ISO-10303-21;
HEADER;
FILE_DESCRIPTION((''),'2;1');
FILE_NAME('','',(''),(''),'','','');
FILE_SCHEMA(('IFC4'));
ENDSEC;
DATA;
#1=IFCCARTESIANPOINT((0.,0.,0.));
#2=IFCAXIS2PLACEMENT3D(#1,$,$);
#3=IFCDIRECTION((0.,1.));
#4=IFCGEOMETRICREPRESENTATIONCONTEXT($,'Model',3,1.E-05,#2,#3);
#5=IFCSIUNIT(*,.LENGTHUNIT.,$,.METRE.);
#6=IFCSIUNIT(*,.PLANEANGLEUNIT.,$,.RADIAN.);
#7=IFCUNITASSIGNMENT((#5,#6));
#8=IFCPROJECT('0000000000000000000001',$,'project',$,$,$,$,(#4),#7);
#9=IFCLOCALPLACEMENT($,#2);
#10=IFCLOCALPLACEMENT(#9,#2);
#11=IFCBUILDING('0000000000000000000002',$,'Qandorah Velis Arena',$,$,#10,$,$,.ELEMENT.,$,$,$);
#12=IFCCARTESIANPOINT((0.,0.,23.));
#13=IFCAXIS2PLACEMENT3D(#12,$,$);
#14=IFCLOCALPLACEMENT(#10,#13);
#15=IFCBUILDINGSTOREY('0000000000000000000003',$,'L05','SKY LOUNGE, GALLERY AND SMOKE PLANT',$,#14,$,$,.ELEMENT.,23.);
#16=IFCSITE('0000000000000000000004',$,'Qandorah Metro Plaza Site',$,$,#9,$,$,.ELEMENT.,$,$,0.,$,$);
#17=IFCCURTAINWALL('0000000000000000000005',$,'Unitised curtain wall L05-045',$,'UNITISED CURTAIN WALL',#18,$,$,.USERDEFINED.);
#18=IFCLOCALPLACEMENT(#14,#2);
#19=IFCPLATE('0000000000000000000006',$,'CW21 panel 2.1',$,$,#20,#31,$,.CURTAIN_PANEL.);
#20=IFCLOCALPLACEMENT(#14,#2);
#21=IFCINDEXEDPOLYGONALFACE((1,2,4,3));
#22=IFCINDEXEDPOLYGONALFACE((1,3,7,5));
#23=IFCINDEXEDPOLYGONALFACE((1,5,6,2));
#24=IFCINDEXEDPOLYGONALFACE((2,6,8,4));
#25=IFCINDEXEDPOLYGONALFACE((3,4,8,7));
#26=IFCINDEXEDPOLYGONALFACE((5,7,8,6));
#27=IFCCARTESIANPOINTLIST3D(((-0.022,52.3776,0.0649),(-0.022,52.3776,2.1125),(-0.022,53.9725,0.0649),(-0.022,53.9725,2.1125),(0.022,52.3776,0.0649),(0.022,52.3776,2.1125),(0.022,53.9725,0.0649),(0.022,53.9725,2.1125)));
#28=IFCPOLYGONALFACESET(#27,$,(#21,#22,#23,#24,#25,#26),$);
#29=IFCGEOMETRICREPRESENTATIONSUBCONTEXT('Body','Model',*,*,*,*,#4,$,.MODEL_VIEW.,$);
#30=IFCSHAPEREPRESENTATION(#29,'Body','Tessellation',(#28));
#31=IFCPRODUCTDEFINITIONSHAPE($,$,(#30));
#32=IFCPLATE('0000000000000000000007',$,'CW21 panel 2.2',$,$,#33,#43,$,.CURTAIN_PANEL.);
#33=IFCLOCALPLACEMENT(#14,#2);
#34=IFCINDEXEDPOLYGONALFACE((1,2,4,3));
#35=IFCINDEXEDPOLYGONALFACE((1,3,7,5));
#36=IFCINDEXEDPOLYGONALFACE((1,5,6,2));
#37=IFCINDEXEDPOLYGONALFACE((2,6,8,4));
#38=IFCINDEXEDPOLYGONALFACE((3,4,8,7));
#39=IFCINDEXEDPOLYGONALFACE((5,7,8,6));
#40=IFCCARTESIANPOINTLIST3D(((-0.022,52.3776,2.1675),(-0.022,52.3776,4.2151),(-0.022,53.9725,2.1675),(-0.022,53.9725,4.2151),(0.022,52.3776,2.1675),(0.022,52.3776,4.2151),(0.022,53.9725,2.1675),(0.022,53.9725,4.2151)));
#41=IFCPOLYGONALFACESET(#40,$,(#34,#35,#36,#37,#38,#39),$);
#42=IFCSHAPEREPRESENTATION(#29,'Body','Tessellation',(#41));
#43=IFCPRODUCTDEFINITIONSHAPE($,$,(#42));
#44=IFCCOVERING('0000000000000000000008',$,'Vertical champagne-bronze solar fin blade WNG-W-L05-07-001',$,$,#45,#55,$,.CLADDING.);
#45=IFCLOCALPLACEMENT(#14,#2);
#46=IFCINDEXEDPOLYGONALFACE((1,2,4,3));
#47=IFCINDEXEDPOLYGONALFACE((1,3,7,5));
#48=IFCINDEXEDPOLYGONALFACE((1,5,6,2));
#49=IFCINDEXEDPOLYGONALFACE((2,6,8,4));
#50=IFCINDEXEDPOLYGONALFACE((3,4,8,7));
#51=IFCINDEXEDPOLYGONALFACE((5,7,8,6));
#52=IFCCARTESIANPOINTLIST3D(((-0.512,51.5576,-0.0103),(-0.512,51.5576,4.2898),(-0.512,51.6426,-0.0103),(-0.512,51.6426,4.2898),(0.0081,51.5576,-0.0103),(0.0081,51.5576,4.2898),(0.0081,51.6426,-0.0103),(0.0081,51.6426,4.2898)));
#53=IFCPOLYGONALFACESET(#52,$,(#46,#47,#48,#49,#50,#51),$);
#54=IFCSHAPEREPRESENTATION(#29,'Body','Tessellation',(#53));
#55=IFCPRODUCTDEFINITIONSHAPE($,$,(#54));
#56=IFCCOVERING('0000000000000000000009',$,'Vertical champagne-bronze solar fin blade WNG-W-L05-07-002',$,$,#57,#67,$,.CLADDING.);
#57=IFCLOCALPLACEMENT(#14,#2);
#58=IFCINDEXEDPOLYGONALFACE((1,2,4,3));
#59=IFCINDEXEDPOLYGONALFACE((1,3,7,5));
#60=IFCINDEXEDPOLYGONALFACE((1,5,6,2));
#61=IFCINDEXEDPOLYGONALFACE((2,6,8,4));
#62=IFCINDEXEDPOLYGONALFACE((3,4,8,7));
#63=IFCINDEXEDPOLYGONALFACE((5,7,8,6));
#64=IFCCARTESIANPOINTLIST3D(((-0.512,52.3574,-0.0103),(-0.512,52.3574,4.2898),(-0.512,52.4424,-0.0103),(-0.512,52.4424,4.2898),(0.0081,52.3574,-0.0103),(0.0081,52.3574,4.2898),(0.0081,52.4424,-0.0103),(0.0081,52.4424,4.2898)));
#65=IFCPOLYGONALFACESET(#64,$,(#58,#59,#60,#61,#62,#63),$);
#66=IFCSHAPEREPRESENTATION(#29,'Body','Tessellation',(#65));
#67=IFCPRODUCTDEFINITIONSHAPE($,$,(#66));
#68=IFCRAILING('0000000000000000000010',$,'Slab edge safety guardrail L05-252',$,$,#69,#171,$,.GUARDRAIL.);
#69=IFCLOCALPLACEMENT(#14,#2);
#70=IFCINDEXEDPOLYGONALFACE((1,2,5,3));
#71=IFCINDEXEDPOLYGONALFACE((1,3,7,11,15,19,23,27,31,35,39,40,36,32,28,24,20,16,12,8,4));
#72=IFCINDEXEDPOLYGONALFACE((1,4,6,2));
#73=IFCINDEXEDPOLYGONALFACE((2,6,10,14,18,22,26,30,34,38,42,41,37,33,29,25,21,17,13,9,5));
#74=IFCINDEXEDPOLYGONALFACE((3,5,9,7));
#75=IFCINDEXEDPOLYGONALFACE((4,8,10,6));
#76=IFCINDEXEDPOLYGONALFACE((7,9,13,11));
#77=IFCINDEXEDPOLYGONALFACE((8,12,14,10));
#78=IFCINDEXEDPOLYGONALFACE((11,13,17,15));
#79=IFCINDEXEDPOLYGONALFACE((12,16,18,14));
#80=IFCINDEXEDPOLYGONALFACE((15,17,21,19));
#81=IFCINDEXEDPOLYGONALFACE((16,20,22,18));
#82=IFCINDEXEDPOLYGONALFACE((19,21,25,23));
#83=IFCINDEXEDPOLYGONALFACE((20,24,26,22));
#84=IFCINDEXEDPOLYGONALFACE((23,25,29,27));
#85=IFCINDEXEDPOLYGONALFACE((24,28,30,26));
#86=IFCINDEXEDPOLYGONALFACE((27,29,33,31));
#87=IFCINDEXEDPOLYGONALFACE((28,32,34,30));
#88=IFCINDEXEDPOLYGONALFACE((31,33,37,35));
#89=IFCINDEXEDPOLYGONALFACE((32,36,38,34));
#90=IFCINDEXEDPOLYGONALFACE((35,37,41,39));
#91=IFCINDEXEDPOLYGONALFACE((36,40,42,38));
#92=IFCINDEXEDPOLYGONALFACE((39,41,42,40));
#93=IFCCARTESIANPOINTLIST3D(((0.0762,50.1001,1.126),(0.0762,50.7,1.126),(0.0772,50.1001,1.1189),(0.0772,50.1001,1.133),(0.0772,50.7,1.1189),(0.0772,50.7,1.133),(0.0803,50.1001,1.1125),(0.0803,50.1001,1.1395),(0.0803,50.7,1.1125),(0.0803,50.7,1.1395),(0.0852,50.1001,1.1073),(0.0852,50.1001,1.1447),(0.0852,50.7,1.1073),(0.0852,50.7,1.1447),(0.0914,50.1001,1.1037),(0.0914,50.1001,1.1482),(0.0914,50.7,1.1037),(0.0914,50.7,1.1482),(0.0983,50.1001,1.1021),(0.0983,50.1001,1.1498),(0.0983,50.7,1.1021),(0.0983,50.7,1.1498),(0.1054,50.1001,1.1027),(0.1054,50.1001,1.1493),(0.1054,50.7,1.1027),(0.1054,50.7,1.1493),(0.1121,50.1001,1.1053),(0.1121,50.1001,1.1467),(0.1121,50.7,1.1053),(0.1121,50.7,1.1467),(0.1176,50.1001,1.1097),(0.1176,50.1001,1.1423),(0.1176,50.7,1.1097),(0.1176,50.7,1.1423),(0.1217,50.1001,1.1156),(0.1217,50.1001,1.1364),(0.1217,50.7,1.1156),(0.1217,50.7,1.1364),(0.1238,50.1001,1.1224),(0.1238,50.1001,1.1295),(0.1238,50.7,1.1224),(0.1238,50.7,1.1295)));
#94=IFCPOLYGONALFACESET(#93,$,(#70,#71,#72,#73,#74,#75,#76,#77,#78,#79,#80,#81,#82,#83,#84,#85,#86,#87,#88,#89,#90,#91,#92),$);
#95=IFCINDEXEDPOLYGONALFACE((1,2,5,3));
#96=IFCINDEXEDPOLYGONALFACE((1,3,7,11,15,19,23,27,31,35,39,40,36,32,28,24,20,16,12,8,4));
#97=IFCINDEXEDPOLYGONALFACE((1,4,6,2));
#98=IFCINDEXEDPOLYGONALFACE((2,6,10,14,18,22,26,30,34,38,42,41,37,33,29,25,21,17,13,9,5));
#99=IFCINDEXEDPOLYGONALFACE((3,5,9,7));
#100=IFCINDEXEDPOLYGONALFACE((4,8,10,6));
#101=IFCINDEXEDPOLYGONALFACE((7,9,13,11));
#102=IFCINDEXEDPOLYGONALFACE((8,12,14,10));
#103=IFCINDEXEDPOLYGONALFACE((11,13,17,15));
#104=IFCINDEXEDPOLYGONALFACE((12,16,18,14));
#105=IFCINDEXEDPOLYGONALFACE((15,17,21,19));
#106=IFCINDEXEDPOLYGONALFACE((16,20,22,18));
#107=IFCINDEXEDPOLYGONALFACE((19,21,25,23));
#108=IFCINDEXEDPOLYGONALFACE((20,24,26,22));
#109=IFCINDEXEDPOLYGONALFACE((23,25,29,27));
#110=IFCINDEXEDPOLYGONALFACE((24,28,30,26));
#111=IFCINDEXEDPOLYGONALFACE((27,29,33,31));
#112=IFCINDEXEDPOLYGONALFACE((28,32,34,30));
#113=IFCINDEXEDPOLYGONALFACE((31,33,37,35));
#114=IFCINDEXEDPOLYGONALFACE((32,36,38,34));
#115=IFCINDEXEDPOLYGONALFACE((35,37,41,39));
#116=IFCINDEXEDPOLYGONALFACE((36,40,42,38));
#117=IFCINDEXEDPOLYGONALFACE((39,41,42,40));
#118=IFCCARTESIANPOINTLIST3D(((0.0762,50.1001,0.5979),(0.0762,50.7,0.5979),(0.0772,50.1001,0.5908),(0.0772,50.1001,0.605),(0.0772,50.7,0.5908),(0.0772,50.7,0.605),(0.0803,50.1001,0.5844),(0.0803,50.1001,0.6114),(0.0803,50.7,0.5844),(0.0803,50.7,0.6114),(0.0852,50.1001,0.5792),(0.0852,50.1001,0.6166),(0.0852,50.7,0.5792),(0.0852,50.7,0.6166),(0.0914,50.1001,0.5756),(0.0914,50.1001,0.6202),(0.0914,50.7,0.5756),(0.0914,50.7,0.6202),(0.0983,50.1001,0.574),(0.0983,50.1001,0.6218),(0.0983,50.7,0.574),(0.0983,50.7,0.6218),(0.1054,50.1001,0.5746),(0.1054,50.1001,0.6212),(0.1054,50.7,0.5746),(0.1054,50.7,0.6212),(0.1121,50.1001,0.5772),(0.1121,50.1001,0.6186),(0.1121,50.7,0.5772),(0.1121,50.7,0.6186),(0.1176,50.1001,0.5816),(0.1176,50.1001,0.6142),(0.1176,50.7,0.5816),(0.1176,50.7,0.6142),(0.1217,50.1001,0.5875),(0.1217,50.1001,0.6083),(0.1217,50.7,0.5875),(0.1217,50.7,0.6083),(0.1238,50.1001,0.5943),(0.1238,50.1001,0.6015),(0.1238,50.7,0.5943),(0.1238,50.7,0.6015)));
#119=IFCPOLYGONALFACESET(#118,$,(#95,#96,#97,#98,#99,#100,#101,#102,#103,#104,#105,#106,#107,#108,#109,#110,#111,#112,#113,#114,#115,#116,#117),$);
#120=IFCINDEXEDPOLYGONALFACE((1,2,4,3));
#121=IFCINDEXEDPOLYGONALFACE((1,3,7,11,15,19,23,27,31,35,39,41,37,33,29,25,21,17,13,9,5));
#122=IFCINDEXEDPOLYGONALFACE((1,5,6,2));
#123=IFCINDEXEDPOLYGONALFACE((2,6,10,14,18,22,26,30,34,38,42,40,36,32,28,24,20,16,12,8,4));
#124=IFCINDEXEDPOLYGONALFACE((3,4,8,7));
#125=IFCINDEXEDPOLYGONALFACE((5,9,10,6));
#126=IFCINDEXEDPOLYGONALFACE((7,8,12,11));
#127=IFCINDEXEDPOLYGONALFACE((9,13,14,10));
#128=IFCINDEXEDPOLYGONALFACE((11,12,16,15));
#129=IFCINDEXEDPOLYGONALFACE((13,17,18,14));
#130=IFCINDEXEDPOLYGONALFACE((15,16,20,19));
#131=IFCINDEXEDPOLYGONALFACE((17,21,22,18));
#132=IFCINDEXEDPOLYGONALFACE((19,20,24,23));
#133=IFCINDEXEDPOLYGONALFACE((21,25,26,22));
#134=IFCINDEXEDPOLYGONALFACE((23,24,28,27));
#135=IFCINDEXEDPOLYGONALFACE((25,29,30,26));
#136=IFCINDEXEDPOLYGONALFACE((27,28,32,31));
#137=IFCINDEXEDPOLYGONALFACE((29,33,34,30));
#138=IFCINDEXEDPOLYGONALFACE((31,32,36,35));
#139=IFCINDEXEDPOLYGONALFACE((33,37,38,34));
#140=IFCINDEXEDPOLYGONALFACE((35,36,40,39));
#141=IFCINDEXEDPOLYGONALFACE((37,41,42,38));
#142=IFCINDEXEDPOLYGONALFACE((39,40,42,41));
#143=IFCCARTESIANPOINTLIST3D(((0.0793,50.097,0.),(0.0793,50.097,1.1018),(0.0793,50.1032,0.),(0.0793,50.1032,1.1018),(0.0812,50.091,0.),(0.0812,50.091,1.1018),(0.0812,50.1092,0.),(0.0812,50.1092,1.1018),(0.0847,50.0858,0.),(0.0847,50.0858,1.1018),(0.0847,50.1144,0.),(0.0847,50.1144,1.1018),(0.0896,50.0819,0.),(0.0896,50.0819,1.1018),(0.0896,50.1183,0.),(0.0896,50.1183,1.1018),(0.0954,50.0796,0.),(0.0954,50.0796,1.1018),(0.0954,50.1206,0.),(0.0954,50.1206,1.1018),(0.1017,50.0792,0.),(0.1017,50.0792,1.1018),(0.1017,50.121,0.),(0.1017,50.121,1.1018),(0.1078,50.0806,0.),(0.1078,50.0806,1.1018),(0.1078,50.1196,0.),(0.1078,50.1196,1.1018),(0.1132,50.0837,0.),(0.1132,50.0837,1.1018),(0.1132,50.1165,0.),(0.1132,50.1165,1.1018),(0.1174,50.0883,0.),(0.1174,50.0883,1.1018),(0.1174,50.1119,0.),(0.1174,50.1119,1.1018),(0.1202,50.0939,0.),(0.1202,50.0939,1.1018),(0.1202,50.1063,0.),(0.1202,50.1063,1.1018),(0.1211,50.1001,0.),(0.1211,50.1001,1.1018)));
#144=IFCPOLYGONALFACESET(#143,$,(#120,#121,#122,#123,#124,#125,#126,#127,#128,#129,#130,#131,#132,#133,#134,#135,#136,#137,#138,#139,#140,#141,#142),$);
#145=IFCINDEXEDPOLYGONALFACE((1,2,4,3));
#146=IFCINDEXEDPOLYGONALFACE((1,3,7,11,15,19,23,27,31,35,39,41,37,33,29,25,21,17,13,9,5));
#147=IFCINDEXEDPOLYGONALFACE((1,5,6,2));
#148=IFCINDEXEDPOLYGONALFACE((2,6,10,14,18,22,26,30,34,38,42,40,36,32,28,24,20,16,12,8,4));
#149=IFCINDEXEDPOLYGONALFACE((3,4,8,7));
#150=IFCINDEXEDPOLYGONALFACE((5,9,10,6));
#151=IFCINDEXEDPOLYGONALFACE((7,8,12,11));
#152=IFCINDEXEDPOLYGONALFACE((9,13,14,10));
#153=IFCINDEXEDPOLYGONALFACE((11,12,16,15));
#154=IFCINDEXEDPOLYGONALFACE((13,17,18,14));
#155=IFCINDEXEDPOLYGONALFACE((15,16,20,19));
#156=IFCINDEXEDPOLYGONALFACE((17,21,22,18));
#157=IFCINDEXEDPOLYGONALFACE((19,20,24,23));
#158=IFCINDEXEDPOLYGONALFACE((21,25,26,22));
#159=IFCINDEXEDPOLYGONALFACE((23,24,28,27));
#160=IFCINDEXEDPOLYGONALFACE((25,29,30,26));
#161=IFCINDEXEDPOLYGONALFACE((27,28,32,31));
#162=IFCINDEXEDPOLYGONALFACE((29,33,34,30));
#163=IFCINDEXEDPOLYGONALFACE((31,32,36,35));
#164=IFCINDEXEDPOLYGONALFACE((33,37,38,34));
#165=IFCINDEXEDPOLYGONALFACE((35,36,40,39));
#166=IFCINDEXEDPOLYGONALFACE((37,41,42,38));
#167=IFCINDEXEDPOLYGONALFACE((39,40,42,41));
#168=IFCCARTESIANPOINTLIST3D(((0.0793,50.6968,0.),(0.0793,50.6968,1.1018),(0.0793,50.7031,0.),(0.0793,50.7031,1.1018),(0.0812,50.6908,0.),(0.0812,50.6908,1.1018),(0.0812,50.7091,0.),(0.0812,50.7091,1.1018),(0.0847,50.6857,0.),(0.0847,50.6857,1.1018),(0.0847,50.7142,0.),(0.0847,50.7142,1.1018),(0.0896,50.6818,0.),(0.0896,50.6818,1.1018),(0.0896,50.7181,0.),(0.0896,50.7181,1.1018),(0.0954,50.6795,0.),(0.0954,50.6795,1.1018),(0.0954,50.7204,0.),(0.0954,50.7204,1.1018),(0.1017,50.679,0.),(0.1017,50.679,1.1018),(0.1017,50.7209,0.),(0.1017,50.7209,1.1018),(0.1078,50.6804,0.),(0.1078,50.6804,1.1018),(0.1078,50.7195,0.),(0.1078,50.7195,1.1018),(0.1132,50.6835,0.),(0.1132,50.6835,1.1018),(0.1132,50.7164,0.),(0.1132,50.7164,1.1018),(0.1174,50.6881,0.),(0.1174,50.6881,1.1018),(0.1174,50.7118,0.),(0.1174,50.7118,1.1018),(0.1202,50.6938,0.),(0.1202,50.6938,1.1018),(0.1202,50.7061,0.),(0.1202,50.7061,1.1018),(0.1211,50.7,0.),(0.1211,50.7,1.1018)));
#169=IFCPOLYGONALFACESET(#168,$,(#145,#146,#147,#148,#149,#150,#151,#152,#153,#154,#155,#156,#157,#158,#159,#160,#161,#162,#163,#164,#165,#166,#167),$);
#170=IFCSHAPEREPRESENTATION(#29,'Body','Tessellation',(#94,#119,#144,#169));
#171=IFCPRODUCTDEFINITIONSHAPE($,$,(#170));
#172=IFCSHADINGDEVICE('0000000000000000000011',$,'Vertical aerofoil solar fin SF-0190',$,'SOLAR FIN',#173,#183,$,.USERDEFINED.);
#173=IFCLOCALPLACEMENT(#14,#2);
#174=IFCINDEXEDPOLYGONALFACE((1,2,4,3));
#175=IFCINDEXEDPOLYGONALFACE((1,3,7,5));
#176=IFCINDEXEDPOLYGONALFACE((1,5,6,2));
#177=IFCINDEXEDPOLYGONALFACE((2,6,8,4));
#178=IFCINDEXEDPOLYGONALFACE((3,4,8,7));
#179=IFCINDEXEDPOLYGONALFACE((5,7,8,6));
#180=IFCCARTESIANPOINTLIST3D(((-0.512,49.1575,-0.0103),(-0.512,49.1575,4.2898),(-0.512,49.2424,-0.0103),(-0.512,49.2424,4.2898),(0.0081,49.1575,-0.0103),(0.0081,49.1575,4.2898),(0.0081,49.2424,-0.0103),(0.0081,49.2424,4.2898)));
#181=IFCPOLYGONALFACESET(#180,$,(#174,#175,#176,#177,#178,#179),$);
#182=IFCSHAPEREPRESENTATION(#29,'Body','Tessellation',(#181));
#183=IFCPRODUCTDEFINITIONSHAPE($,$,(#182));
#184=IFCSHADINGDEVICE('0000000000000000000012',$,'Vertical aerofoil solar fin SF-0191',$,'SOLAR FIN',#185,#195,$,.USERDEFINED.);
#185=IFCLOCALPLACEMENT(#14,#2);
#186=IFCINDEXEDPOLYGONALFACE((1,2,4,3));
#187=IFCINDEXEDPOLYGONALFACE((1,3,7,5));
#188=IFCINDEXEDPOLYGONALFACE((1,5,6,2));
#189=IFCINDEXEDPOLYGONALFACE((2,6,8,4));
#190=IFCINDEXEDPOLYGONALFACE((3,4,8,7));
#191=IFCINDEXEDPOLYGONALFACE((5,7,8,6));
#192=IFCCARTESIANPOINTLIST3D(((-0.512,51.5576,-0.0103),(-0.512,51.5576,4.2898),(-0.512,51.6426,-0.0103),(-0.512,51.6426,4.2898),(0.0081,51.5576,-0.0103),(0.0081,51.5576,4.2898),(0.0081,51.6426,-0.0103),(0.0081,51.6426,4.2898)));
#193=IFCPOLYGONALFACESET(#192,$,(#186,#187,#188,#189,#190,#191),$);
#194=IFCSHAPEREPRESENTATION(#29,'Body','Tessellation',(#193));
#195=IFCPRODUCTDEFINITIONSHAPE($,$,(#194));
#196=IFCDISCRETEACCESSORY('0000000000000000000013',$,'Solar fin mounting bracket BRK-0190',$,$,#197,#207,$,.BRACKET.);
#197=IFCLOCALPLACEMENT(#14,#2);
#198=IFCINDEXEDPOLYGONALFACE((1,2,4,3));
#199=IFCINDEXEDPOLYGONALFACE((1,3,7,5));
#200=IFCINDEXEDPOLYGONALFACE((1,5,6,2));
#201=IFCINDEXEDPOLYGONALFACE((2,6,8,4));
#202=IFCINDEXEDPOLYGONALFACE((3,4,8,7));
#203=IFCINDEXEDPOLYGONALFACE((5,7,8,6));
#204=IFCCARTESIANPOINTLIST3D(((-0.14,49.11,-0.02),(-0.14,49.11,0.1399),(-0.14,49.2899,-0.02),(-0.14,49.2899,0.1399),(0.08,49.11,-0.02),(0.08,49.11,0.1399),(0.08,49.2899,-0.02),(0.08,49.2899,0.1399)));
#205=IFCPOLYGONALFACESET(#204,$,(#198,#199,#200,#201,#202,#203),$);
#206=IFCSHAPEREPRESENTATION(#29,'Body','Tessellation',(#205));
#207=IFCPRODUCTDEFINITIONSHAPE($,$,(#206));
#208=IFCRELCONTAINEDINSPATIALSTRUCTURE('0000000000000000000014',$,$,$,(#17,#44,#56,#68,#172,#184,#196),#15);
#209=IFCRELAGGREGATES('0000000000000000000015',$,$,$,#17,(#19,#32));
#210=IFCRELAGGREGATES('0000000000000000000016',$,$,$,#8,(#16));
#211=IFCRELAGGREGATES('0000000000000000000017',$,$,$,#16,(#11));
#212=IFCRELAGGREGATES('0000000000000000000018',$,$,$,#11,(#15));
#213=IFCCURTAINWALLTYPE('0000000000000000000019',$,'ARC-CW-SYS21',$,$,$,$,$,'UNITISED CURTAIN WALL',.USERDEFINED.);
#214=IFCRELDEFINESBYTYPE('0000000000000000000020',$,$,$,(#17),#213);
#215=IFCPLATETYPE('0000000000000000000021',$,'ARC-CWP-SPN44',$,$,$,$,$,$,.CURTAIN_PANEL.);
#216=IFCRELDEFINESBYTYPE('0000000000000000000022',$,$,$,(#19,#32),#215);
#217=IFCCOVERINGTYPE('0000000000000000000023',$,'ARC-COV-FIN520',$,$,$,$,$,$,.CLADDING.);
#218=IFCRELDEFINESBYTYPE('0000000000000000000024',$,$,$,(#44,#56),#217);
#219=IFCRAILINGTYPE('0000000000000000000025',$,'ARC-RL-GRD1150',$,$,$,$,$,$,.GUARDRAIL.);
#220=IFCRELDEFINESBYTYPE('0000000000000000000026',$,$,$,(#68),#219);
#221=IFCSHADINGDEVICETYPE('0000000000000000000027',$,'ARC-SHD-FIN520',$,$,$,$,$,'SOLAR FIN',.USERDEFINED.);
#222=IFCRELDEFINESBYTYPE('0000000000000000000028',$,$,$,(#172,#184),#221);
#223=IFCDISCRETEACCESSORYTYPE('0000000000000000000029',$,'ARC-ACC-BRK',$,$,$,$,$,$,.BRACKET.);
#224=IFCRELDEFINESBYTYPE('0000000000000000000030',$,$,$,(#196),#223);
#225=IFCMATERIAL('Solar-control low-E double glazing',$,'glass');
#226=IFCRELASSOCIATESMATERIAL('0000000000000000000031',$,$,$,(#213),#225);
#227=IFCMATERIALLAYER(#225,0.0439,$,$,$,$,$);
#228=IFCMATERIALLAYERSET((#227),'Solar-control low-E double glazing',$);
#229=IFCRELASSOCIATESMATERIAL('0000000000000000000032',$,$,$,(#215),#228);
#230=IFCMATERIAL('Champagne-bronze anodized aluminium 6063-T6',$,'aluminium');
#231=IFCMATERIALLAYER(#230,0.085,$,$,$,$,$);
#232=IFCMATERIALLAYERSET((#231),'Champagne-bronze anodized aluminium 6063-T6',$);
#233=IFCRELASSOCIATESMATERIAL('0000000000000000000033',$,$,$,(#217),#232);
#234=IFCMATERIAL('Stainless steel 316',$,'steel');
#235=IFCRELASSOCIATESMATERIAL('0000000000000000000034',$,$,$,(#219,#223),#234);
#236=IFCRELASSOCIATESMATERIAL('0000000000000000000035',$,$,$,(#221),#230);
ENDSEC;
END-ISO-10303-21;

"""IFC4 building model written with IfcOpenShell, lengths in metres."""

from ifc_helpers import new_model, si_unit, direction, frame, origin, origin_2d, place, context, subcontext, project, spatial, rectangle, circle, extrude, material, layer, layer_set, type_object, element, aggregate, save


model = new_model("IFC4")

# Units and contexts
model_context = context("Model", 3, precision=1e-05, world=origin(), true_north=direction((0.0, 1.0)))
body_context = subcontext(model_context, "Body", "Model", "MODEL_VIEW")
ifc_project = project(units=[si_unit("LENGTHUNIT", "METRE"), si_unit("PLANEANGLEUNIT", "RADIAN")], contexts=[model_context])

# Site, building, storey
site_placement = place(None, origin())
site = spatial("IfcSite", under=ifc_project, at=site_placement, Name="Qandorah Metro Plaza Site", CompositionType="ELEMENT", RefElevation=0.0)
building_placement = place(site_placement, origin())
building = spatial("IfcBuilding", under=site, at=building_placement, Name="Qandorah Velis Arena", CompositionType="ELEMENT")
storey_placement = place(building_placement, frame((0.0, 0.0, 23.0)))
storey = spatial("IfcBuildingStorey", under=building, at=storey_placement, Name="L05", Description="SKY LOUNGE, GALLERY AND SMOKE PLANT", CompositionType="ELEMENT", Elevation=23.0)

# Shared definitions
ifc_material_1 = material(Name="Solar-control low-E double glazing", Category="glass")
ifc_material_2 = material(Name="Champagne-bronze anodized aluminium 6063-T6", Category="aluminium")

# Curtain wall
curtain_wall_type_1 = type_object("IfcCurtainWallType", Name="ARC-CW-SYS21", ElementType="UNITISED CURTAIN WALL", PredefinedType="USERDEFINED", material=ifc_material_1)
curtain_wall_1_placement = place(storey_placement, origin())
curtain_wall_1 = element("IfcCurtainWall", 1, at=curtain_wall_1_placement, inside=storey, type_object=curtain_wall_type_1, Name="Unitised curtain wall L05-045", ObjectType="UNITISED CURTAIN WALL", PredefinedType="USERDEFINED")

# Plates
ifc_layer_1 = layer(ifc_material_1, 0.0439)
ifc_layer_set_1 = layer_set([ifc_layer_1], Name="Solar-control low-E double glazing")
plate_type_1 = type_object("IfcPlateType", Name="ARC-CWP-SPN44", PredefinedType="CURTAIN_PANEL", material=ifc_layer_set_1)
plate_1_placement = place(storey_placement, frame((0.0, 53.175, 0.0649), z_axis=(0.0, 0.0, 1.0), x_axis=(0.0, 1.0, 0.0)))
plate_1 = element("IfcPlate", 2, at=plate_1_placement, type_object=plate_type_1, Name="CW21 panel 2.1", PredefinedType="CURTAIN_PANEL", context=body_context, shape_type="SweptSolid", body=[
    extrude(rectangle(XDim=1.595, YDim=0.0439, at=origin_2d()), origin(), (0.0, 0.0, 1.0), 2.0476),
])
plate_2_placement = place(storey_placement, frame((0.0, 53.175, 2.1675), z_axis=(0.0, 0.0, 1.0), x_axis=(0.0, 1.0, 0.0)))
plate_2 = element("IfcPlate", 3, at=plate_2_placement, type_object=plate_type_1, Name="CW21 panel 2.2", PredefinedType="CURTAIN_PANEL", context=body_context, shape_type="SweptSolid", body=[
    extrude(rectangle(XDim=1.595, YDim=0.0439, at=origin_2d()), origin(), (0.0, 0.0, 1.0), 2.0476),
])
aggregate(curtain_wall_1, [plate_1, plate_2])

# Coverings
ifc_layer_2 = layer(ifc_material_2, 0.085)
ifc_layer_set_2 = layer_set([ifc_layer_2], Name="Champagne-bronze anodized aluminium 6063-T6")
covering_type = type_object("IfcCoveringType", Name="ARC-COV-FIN520", PredefinedType="CLADDING", material=ifc_layer_set_2)
for number, where, z_axis, x_axis, name in (
    (4, (-0.252, 51.6001, -0.0103), (0.0, 0.0, 1.0), (1.0, 0.0, 0.0), "Vertical champagne-bronze solar fin blade WNG-W-L05-07-001"),
    (5, (-0.252, 52.3999, -0.0103), (0.0, 0.0, 1.0), (1.0, 0.0, 0.0), "Vertical champagne-bronze solar fin blade WNG-W-L05-07-002"),
):
    element("IfcCovering", number, at=place(storey_placement, frame(where, z_axis=z_axis, x_axis=x_axis)), inside=storey, type_object=covering_type, Name=name, PredefinedType="CLADDING", context=body_context, shape_type="SweptSolid", body=[
        extrude(rectangle(XDim=0.52, YDim=0.085, at=origin_2d()), origin(), (0.0, 0.0, 1.0), 4.3),
    ])

# Railing
ifc_material_3 = material(Name="Stainless steel 316", Category="steel")
railing_type = type_object("IfcRailingType", Name="ARC-RL-GRD1150", PredefinedType="GUARDRAIL", material=ifc_material_3)
railing_placement = place(storey_placement, frame((0.1001, 50.1001, 0.0)))
element("IfcRailing", 6, at=railing_placement, inside=storey, type_object=railing_type, Name="Slab edge safety guardrail L05-252", PredefinedType="GUARDRAIL", context=body_context, shape_type="SweptSolid", body=[
    extrude(circle(Radius=0.0239, at=origin_2d()), frame((0.0, 0.0, 1.126), z_axis=(0.0, 1.0, 0.0), x_axis=(-1.0, 0.0, 0.0)), (0.0, 0.0, 1.0), 0.5999),
    extrude(circle(Radius=0.0239, at=origin_2d()), frame((0.0, 0.0, 0.5979), z_axis=(0.0, 1.0, 0.0), x_axis=(-1.0, 0.0, 0.0)), (0.0, 0.0, 1.0), 0.5999),
    extrude(circle(Radius=0.021, at=origin_2d()), origin(), (0.0, 0.0, 1.0), 1.1018),
    extrude(circle(Radius=0.021, at=origin_2d()), frame((0.0, 0.5999, 0.0)), (0.0, 0.0, 1.0), 1.1018),
])

# Shading devices
shading_device_type = type_object("IfcShadingDeviceType", Name="ARC-SHD-FIN520", ElementType="SOLAR FIN", PredefinedType="USERDEFINED", material=ifc_material_2)
for number, where, z_axis, x_axis, name in (
    (7, (-0.252, 49.2, -0.0103), (0.0, 0.0, 1.0), (1.0, 0.0, 0.0), "Vertical aerofoil solar fin SF-0190"),
    (8, (-0.252, 51.6001, -0.0103), (0.0, 0.0, 1.0), (1.0, 0.0, 0.0), "Vertical aerofoil solar fin SF-0191"),
):
    element("IfcShadingDevice", number, at=place(storey_placement, frame(where, z_axis=z_axis, x_axis=x_axis)), inside=storey, type_object=shading_device_type, Name=name, ObjectType="SOLAR FIN", PredefinedType="USERDEFINED", context=body_context, shape_type="SweptSolid", body=[
        extrude(rectangle(XDim=0.52, YDim=0.085, at=origin_2d()), origin(), (0.0, 0.0, 1.0), 4.3),
    ])

# Discrete accessory
discrete_accessory_type = type_object("IfcDiscreteAccessoryType", Name="ARC-ACC-BRK", PredefinedType="BRACKET", material=ifc_material_3)
for number, where, z_axis, x_axis, name in (
    (9, (-0.03, 49.2, -0.02), (0.0, 0.0, 1.0), (1.0, 0.0, 0.0), "Solar fin mounting bracket BRK-0190"),
):
    element("IfcDiscreteAccessory", number, at=place(storey_placement, frame(where, z_axis=z_axis, x_axis=x_axis)), inside=storey, type_object=discrete_accessory_type, Name=name, PredefinedType="BRACKET", context=body_context, shape_type="SweptSolid", body=[
        extrude(rectangle(XDim=0.22, YDim=0.1799, at=origin_2d()), origin(), (0.0, 0.0, 1.0), 0.1599),
    ])

save(model, "model.ifc")
